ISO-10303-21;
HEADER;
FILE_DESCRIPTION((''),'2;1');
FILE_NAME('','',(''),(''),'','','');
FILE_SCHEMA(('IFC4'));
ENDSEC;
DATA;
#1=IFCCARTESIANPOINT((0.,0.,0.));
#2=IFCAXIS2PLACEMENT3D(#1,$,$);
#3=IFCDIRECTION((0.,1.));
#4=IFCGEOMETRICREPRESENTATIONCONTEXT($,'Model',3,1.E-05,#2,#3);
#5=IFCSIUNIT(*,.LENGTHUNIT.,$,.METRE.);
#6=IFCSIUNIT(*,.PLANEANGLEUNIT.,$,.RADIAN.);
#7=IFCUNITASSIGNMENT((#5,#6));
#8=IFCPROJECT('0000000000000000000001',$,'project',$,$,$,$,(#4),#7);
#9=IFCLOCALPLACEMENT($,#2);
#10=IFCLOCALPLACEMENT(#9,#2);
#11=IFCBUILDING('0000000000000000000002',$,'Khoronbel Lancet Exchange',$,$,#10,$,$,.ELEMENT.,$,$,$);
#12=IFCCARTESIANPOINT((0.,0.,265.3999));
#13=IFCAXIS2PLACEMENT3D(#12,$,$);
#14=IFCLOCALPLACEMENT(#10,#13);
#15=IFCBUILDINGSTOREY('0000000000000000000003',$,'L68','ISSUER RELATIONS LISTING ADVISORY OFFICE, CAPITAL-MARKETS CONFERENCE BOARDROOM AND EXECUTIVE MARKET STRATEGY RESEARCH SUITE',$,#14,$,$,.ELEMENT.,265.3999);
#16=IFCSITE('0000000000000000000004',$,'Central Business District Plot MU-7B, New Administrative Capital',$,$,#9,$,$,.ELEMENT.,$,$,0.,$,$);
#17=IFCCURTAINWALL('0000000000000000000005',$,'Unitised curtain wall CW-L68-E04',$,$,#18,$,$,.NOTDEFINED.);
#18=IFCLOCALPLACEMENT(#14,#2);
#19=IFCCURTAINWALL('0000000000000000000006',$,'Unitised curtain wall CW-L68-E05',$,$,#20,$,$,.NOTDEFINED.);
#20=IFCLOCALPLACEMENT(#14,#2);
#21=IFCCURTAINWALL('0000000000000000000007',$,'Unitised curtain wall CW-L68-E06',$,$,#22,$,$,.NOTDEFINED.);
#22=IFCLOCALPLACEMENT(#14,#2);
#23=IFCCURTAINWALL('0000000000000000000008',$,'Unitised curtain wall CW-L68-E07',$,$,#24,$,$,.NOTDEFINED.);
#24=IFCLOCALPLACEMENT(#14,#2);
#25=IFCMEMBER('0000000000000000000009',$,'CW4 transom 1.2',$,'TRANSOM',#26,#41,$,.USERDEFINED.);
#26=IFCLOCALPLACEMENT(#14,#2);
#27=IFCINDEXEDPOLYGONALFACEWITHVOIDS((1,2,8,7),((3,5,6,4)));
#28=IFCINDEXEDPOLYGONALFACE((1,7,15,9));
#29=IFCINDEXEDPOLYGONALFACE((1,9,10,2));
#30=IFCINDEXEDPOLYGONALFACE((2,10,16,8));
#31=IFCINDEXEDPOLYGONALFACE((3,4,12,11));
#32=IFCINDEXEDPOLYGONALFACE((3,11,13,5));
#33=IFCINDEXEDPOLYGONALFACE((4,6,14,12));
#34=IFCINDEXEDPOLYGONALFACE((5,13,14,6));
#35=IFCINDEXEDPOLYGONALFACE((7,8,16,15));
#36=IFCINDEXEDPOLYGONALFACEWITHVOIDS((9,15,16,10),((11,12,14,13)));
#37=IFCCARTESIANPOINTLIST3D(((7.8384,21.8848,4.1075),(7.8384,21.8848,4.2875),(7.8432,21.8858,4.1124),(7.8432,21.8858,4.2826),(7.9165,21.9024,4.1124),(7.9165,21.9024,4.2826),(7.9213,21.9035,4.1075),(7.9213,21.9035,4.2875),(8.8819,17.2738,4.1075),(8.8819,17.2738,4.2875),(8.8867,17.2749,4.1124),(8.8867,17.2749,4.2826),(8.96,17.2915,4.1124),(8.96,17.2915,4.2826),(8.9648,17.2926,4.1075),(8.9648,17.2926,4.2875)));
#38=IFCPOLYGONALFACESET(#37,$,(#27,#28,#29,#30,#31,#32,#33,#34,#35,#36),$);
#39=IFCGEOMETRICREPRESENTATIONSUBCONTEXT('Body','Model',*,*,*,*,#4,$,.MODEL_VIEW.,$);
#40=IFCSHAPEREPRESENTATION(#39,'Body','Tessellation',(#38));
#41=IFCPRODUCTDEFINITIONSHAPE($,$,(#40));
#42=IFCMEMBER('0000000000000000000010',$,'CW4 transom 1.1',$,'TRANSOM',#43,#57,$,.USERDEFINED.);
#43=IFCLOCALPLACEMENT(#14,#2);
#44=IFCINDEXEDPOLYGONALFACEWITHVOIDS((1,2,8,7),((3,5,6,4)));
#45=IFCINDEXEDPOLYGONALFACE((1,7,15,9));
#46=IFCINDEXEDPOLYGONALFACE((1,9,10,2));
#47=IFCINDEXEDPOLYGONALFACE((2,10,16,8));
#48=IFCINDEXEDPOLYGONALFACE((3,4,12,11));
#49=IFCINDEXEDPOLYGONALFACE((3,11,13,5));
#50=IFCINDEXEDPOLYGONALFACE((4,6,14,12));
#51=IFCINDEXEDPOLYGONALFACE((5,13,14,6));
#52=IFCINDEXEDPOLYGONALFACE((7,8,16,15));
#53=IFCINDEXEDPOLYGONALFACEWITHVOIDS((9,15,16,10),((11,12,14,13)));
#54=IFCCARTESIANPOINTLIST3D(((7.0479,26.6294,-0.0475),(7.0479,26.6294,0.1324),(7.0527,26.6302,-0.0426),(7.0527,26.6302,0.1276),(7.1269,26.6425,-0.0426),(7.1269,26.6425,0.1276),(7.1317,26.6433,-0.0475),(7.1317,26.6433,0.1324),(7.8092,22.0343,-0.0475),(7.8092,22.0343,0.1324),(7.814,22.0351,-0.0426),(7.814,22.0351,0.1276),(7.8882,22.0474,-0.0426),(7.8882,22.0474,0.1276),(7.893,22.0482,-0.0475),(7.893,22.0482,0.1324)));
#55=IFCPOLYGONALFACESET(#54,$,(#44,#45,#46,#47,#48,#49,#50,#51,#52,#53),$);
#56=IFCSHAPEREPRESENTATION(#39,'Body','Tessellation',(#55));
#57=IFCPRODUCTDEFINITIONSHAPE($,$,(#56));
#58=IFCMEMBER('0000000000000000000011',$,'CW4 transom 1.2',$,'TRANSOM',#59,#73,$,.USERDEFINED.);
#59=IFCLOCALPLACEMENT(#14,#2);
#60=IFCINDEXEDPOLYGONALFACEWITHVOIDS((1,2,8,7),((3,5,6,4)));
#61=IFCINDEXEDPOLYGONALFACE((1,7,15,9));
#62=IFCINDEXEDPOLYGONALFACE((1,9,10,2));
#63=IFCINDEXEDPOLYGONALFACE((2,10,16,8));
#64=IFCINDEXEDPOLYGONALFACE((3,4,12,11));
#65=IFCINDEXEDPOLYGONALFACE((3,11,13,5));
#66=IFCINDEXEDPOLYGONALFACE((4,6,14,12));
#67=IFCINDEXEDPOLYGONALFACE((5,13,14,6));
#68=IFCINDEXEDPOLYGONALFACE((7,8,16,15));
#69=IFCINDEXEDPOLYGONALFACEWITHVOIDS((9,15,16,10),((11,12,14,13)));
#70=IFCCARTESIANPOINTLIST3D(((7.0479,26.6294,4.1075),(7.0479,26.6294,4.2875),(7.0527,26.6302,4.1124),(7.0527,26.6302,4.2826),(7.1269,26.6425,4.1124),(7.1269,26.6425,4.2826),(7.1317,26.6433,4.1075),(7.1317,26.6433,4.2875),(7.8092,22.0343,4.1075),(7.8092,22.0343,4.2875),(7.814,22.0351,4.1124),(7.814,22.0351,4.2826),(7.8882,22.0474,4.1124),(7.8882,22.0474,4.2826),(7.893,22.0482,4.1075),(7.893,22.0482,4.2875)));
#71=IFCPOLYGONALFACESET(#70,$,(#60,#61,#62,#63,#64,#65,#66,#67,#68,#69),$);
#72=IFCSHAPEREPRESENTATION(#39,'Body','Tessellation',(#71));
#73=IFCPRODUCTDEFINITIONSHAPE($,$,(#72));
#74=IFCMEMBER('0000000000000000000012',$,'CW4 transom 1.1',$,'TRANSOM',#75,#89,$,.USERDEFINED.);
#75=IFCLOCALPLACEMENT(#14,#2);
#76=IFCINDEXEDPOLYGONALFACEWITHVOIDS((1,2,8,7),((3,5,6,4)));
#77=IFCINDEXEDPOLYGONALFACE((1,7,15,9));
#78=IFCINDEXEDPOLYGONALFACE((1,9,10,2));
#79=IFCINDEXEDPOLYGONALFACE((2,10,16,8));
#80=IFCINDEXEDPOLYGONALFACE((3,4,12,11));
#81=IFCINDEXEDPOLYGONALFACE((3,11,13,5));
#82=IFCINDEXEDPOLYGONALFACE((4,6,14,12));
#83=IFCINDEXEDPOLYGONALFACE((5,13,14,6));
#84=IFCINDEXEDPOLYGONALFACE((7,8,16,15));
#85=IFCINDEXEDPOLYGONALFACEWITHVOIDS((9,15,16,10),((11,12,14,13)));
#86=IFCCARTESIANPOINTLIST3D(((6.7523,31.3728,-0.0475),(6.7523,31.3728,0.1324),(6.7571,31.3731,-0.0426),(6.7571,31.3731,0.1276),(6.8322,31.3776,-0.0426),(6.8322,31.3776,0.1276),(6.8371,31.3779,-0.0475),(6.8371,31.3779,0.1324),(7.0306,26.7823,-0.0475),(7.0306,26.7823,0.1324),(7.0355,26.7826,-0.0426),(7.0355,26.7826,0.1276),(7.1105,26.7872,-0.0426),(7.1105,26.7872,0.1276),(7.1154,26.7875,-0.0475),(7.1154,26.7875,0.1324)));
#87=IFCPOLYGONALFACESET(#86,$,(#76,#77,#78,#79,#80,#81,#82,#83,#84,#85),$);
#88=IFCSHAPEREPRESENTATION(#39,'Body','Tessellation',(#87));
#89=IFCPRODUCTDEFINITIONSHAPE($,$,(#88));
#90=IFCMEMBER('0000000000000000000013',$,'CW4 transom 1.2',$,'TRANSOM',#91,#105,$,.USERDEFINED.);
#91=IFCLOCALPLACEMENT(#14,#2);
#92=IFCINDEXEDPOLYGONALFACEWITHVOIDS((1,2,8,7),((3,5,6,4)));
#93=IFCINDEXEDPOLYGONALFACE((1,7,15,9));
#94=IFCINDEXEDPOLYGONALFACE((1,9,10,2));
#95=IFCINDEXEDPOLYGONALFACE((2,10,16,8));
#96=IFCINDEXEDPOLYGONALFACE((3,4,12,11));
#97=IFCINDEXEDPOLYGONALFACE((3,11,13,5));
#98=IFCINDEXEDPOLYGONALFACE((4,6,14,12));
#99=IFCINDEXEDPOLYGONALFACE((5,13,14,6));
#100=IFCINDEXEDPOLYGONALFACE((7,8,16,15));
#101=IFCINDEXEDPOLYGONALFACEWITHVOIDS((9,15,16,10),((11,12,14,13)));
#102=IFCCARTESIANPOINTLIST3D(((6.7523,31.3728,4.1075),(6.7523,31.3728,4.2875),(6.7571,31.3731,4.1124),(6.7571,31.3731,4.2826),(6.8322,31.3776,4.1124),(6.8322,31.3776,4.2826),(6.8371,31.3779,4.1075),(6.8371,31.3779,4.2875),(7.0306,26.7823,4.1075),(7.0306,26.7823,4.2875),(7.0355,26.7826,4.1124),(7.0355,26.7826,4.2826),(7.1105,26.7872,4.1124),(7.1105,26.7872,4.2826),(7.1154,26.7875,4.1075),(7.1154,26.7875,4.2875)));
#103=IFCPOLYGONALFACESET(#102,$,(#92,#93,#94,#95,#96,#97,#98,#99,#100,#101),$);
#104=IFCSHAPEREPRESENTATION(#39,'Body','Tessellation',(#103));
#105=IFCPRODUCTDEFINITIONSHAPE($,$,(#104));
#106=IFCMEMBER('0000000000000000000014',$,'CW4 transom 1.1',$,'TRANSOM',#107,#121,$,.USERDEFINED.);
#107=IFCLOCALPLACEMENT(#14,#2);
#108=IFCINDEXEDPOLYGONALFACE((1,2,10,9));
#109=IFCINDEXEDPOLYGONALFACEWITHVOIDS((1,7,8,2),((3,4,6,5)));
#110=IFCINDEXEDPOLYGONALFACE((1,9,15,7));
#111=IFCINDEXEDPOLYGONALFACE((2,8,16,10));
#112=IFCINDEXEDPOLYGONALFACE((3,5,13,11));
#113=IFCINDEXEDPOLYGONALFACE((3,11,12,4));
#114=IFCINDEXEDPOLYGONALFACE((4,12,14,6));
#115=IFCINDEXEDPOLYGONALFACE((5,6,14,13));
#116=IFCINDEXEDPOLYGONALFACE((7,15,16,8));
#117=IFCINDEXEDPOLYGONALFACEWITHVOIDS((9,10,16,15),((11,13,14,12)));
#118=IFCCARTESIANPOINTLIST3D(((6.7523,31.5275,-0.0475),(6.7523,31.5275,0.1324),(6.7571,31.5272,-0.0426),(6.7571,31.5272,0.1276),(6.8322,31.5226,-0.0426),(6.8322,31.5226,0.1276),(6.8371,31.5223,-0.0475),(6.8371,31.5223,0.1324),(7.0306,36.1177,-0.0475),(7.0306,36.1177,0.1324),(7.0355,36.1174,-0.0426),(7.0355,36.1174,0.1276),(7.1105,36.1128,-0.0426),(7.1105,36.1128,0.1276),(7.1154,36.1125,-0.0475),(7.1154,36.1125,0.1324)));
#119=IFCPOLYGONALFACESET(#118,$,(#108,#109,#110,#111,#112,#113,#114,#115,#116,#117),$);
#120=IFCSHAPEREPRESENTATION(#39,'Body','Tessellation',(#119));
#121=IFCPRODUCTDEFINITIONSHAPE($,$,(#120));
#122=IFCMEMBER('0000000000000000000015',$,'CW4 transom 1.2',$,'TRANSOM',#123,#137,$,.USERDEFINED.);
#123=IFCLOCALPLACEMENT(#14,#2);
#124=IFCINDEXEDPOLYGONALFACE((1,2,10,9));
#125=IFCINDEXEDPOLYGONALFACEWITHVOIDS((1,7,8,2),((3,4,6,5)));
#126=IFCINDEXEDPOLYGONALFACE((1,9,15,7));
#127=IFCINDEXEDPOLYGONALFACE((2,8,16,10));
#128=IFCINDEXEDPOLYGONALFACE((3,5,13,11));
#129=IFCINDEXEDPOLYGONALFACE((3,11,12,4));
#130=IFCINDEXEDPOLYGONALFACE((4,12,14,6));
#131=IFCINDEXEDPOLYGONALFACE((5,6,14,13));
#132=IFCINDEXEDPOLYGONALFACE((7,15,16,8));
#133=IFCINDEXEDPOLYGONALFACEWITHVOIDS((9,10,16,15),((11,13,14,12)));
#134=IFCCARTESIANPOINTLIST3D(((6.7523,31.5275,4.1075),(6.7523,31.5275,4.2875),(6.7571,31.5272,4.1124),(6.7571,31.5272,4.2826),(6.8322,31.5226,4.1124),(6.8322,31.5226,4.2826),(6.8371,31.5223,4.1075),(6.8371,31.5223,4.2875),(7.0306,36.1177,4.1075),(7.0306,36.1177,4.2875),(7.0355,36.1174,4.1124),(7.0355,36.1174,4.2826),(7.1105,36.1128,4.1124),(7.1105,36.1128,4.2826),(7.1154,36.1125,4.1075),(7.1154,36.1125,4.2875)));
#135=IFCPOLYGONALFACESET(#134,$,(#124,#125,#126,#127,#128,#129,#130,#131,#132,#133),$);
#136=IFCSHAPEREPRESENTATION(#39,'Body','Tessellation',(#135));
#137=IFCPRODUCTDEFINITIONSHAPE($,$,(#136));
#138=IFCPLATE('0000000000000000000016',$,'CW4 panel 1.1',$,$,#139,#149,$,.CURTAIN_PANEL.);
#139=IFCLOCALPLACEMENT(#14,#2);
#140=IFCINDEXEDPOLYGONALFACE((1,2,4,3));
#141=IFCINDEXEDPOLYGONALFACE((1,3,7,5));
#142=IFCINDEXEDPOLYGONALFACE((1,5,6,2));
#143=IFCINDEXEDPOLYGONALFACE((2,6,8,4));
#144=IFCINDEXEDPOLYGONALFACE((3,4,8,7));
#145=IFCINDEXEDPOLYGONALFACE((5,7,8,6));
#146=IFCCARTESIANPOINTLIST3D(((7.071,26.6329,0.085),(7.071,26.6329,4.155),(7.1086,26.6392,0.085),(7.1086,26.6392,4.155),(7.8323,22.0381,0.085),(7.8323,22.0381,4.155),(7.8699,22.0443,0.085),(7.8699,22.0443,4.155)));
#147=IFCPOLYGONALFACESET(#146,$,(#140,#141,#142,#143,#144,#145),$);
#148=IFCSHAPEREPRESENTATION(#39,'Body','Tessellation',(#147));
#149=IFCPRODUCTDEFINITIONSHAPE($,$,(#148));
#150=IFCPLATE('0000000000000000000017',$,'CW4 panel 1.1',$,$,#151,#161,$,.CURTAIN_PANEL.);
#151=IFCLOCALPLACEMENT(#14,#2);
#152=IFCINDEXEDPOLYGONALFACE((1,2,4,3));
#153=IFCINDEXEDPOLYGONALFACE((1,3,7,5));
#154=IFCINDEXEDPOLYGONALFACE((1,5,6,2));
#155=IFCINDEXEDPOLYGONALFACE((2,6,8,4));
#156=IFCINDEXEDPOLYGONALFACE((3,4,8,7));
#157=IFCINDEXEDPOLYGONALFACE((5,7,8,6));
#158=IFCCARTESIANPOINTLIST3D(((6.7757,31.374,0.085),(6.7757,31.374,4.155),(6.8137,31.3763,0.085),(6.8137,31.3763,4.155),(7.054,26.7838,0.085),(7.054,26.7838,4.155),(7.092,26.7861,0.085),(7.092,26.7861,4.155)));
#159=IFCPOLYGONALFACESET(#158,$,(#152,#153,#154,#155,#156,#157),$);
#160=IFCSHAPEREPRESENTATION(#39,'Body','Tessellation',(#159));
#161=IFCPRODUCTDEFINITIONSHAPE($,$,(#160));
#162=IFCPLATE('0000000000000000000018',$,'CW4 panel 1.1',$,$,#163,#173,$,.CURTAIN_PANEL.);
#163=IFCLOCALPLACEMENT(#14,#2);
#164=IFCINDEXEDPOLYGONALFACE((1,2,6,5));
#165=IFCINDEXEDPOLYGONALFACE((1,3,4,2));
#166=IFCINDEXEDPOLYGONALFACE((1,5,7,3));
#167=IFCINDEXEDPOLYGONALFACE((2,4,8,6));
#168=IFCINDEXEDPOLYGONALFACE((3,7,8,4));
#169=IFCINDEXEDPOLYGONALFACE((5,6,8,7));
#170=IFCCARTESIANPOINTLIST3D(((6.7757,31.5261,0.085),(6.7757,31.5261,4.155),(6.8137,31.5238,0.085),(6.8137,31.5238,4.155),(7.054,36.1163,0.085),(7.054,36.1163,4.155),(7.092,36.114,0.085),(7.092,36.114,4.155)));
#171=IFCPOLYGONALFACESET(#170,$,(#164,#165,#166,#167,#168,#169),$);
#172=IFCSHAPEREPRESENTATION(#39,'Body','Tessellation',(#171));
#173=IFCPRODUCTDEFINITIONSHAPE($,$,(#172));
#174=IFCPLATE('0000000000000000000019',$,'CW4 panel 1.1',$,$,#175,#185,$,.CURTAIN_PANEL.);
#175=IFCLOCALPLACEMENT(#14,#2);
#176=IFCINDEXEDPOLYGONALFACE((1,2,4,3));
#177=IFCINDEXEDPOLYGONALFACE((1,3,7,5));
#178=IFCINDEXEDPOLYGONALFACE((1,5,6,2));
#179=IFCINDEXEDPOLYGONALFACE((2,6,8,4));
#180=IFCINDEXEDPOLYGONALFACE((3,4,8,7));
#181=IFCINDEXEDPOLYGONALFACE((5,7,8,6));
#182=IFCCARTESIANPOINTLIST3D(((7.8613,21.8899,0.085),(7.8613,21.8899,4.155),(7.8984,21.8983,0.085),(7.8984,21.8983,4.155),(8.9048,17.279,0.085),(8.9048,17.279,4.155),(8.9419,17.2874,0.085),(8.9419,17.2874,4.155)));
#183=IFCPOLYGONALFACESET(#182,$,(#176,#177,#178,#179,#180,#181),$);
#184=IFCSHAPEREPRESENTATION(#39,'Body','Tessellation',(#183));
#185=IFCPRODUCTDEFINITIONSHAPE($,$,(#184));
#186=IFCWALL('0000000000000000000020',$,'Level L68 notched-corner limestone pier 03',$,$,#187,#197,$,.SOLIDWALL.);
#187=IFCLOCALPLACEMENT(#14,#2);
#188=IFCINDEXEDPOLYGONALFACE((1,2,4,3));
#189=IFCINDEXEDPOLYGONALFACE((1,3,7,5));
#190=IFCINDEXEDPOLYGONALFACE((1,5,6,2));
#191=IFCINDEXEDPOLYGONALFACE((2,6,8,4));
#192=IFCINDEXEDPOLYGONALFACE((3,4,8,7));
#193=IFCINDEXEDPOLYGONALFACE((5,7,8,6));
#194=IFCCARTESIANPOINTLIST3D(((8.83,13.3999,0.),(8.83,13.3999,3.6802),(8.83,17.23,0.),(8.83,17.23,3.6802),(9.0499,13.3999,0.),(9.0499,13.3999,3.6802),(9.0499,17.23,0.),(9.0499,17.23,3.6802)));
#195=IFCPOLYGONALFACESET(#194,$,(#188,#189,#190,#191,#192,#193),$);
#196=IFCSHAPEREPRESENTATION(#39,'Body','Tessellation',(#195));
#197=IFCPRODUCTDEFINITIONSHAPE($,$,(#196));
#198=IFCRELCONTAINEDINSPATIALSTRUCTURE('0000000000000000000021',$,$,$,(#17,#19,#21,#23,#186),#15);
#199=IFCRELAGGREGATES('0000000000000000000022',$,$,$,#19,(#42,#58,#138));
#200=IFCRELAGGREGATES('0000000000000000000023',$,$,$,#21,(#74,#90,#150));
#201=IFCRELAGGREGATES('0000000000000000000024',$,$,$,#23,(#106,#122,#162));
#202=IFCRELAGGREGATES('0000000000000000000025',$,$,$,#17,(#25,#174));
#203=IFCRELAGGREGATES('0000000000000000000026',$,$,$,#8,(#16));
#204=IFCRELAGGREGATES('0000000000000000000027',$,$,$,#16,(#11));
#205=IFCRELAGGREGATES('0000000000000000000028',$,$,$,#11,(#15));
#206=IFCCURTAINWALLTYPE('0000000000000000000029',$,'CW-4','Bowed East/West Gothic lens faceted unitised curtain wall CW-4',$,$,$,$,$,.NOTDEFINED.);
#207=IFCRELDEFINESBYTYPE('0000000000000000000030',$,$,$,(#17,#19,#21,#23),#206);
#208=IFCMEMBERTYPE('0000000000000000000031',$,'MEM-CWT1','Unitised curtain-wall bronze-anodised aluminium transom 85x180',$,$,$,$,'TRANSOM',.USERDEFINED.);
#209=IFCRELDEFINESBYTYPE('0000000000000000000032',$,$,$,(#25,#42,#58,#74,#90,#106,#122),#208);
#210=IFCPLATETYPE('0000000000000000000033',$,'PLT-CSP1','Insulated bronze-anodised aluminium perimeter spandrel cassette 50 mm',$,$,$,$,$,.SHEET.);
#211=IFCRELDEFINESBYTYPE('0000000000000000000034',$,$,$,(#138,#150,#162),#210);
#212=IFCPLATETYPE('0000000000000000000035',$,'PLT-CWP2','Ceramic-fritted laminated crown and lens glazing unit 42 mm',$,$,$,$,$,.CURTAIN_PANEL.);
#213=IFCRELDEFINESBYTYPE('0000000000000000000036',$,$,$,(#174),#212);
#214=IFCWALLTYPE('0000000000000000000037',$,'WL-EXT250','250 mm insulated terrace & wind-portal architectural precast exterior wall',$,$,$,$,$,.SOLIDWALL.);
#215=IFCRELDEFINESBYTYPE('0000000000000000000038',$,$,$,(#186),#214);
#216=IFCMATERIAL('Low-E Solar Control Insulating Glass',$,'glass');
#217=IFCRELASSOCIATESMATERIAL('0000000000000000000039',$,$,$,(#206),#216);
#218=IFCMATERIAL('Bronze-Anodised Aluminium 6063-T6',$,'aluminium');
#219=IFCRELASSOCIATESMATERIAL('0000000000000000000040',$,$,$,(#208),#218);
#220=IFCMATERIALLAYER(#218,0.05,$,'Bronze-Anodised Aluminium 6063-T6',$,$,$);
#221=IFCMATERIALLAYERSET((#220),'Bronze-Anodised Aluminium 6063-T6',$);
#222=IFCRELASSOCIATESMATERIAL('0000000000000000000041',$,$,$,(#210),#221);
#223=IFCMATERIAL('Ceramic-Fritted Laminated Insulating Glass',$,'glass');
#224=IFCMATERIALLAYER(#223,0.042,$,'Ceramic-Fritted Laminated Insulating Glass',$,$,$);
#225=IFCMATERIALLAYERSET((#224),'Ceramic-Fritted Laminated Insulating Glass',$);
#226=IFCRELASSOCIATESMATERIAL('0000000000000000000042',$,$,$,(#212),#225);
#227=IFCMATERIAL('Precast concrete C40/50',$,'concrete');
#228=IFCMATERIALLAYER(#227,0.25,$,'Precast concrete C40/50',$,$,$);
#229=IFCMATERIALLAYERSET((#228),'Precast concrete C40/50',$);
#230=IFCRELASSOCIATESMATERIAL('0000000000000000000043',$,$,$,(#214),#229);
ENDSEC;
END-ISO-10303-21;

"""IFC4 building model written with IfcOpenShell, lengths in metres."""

from ifc_helpers import new_model, si_unit, direction, frame, frame_2d, origin, origin_2d, place, context, subcontext, project, spatial, rectangle, hollow_rectangle, extrude, material, layer, layer_set, material_profile, profile_set, type_object, element, aggregate, save


model = new_model("IFC4")

# Units and contexts
model_context = context("Model", 3, precision=1e-05, world=origin(), true_north=direction((0.0, 1.0)))
body_context = subcontext(model_context, "Body", "Model", "MODEL_VIEW")
ifc_project = project(units=[si_unit("LENGTHUNIT", "METRE"), si_unit("PLANEANGLEUNIT", "RADIAN")], contexts=[model_context])

# Site, building, storey
site_placement = place(None, origin())
site = spatial("IfcSite", under=ifc_project, at=site_placement, Name="Central Business District Plot MU-7B, New Administrative Capital", CompositionType="ELEMENT", RefElevation=0.0)
building_placement = place(site_placement, origin())
building = spatial("IfcBuilding", under=site, at=building_placement, Name="Khoronbel Lancet Exchange", CompositionType="ELEMENT")
storey_placement = place(building_placement, frame((0.0, 0.0, 265.3999)))
storey = spatial("IfcBuildingStorey", under=building, at=storey_placement, Name="L68", Description="ISSUER RELATIONS LISTING ADVISORY OFFICE, CAPITAL-MARKETS CONFERENCE BOARDROOM AND EXECUTIVE MARKET STRATEGY RESEARCH SUITE", CompositionType="ELEMENT", Elevation=265.3999)

# Curtain walls
ifc_material_1 = material(Name="Low-E Solar Control Insulating Glass", Category="glass")
curtain_wall_type = type_object("IfcCurtainWallType", Name="CW-4", Description="Bowed East/West Gothic lens faceted unitised curtain wall CW-4", PredefinedType="NOTDEFINED", material=ifc_material_1)
curtain_wall_1_placement = place(storey_placement, origin())
curtain_wall_1 = element("IfcCurtainWall", 1, at=curtain_wall_1_placement, inside=storey, type_object=curtain_wall_type, Name="Unitised curtain wall CW-L68-E04", PredefinedType="NOTDEFINED")
ifc_material_2 = material(Name="Bronze-Anodised Aluminium 6063-T6", Category="aluminium")
curtain_wall_2_placement = place(storey_placement, origin())
curtain_wall_2 = element("IfcCurtainWall", 2, at=curtain_wall_2_placement, inside=storey, type_object=curtain_wall_type, Name="Unitised curtain wall CW-L68-E05", PredefinedType="NOTDEFINED")
curtain_wall_3_placement = place(storey_placement, origin())
curtain_wall_3 = element("IfcCurtainWall", 3, at=curtain_wall_3_placement, inside=storey, type_object=curtain_wall_type, Name="Unitised curtain wall CW-L68-E06", PredefinedType="NOTDEFINED")

# Curtain wall
curtain_wall_4_placement = place(storey_placement, origin())
curtain_wall_4 = element("IfcCurtainWall", 4, at=curtain_wall_4_placement, inside=storey, type_object=curtain_wall_type, Name="Unitised curtain wall CW-L68-E07", PredefinedType="NOTDEFINED")

# Members
ifc_material_profile_1 = material_profile(ifc_material_2, hollow_rectangle(XDim=0.085, YDim=0.1799, WallThickness=0.0049, at=origin_2d()), Name="ALU TRANSOM 85x180")
ifc_profile_set_1 = profile_set([ifc_material_profile_1], Name="Bronze-Anodised Aluminium 6063-T6")
member_type_1 = type_object("IfcMemberType", Name="MEM-CWT1", Description="Unitised curtain-wall bronze-anodised aluminium transom 85x180", ElementType="TRANSOM", PredefinedType="USERDEFINED", material=ifc_profile_set_1)
member_1_placement = place(storey_placement, frame((8.9233, 17.2832, 4.1975), z_axis=(-0.220724, 0.975336, 0.0), x_axis=(-0.975336, -0.220724, 0.0)))
member_1 = element("IfcMember", 5, at=member_1_placement, type_object=member_type_1, Name="CW4 transom 1.2", ObjectType="TRANSOM", PredefinedType="USERDEFINED", context=body_context, shape_type="SweptSolid", body=[
    extrude(hollow_rectangle(XDim=0.085, YDim=0.1799, WallThickness=0.0049, at=origin_2d()), origin(), (0.0, 0.0, 1.0), 4.7275),
])
member_2_placement = place(storey_placement, frame((7.8511, 22.0413, 0.0425), z_axis=(-0.163438, 0.986554, 0.0), x_axis=(-0.986554, -0.163438, 0.0)))
member_2 = element("IfcMember", 6, at=member_2_placement, type_object=member_type_1, Name="CW4 transom 1.1", ObjectType="TRANSOM", PredefinedType="USERDEFINED", context=body_context, shape_type="SweptSolid", body=[
    extrude(hollow_rectangle(XDim=0.085, YDim=0.1799, WallThickness=0.0049, at=origin_2d()), origin(), (0.0, 0.0, 1.0), 4.6577),
])
member_3_placement = place(storey_placement, frame((7.8511, 22.0413, 4.1975), z_axis=(-0.163438, 0.986554, 0.0), x_axis=(-0.986554, -0.163438, 0.0)))
member_3 = element("IfcMember", 7, at=member_3_placement, type_object=member_type_1, Name="CW4 transom 1.2", ObjectType="TRANSOM", PredefinedType="USERDEFINED", context=body_context, shape_type="SweptSolid", body=[
    extrude(hollow_rectangle(XDim=0.085, YDim=0.1799, WallThickness=0.0049, at=origin_2d()), origin(), (0.0, 0.0, 1.0), 4.6577),
])
member_4_placement = place(storey_placement, frame((7.073, 26.7849, 0.0425), z_axis=(-0.060521, 0.998167, 0.0), x_axis=(-0.998167, -0.060521, 0.0)))
member_4 = element("IfcMember", 8, at=member_4_placement, type_object=member_type_1, Name="CW4 transom 1.1", ObjectType="TRANSOM", PredefinedType="USERDEFINED", context=body_context, shape_type="SweptSolid", body=[
    extrude(hollow_rectangle(XDim=0.085, YDim=0.1799, WallThickness=0.0049, at=origin_2d()), origin(), (0.0, 0.0, 1.0), 4.5989),
])
member_5_placement = place(storey_placement, frame((7.073, 26.7849, 4.1975), z_axis=(-0.060521, 0.998167, 0.0), x_axis=(-0.998167, -0.060521, 0.0)))
member_5 = element("IfcMember", 9, at=member_5_placement, type_object=member_type_1, Name="CW4 transom 1.2", ObjectType="TRANSOM", PredefinedType="USERDEFINED", context=body_context, shape_type="SweptSolid", body=[
    extrude(hollow_rectangle(XDim=0.085, YDim=0.1799, WallThickness=0.0049, at=origin_2d()), origin(), (0.0, 0.0, 1.0), 4.5989),
])
member_6_placement = place(storey_placement, frame((6.7947, 31.5249, 0.0425), z_axis=(0.060524, 0.998167, 0.0), x_axis=(-0.998167, 0.060524, 0.0)))
member_6 = element("IfcMember", 10, at=member_6_placement, type_object=member_type_1, Name="CW4 transom 1.1", ObjectType="TRANSOM", PredefinedType="USERDEFINED", context=body_context, shape_type="SweptSolid", body=[
    extrude(hollow_rectangle(XDim=0.085, YDim=0.1799, WallThickness=0.0049, at=origin_2d()), origin(), (0.0, 0.0, 1.0), 4.5986),
])
member_7_placement = place(storey_placement, frame((6.7947, 31.5249, 4.1975), z_axis=(0.060524, 0.998167, 0.0), x_axis=(-0.998167, 0.060524, 0.0)))
member_7 = element("IfcMember", 11, at=member_7_placement, type_object=member_type_1, Name="CW4 transom 1.2", ObjectType="TRANSOM", PredefinedType="USERDEFINED", context=body_context, shape_type="SweptSolid", body=[
    extrude(hollow_rectangle(XDim=0.085, YDim=0.1799, WallThickness=0.0049, at=origin_2d()), origin(), (0.0, 0.0, 1.0), 4.5986),
])

# Plates
ifc_layer_1 = layer(ifc_material_2, 0.05, Name="Bronze-Anodised Aluminium 6063-T6")
ifc_layer_set_1 = layer_set([ifc_layer_1], Name="Bronze-Anodised Aluminium 6063-T6")
plate_type_1 = type_object("IfcPlateType", Name="PLT-CSP1", Description="Insulated bronze-anodised aluminium perimeter spandrel cassette 50 mm", PredefinedType="SHEET", material=ifc_layer_set_1)
plate_1_placement = place(storey_placement, frame((7.4705, 24.3386, 0.085), z_axis=(0.0, 0.0, 1.0), x_axis=(-0.163454, 0.986551, 0.0)))
plate_1 = element("IfcPlate", 12, at=plate_1_placement, type_object=plate_type_1, Name="CW4 panel 1.1", PredefinedType="CURTAIN_PANEL", context=body_context, shape_type="SweptSolid", body=[
    extrude(rectangle(XDim=4.6575, YDim=0.0381, at=origin_2d()), origin(), (0.0, 0.0, 1.0), 4.0701),
])
aggregate(curtain_wall_2, [member_2, member_3, plate_1])
plate_2_placement = place(storey_placement, frame((6.9338, 29.0801, 0.085), z_axis=(0.0, 0.0, 1.0), x_axis=(-0.060523, 0.998167, 0.0)))
plate_2 = element("IfcPlate", 13, at=plate_2_placement, type_object=plate_type_1, Name="CW4 panel 1.1", PredefinedType="CURTAIN_PANEL", context=body_context, shape_type="SweptSolid", body=[
    extrude(rectangle(XDim=4.5986, YDim=0.0381, at=origin_2d()), origin(), (0.0, 0.0, 1.0), 4.0701),
])
aggregate(curtain_wall_3, [member_4, member_5, plate_2])
plate_3_placement = place(storey_placement, frame((6.9338, 33.8201, 0.085), z_axis=(0.0, 0.0, 1.0), x_axis=(0.060523, 0.998167, 0.0)))
plate_3 = element("IfcPlate", 14, at=plate_3_placement, type_object=plate_type_1, Name="CW4 panel 1.1", PredefinedType="CURTAIN_PANEL", context=body_context, shape_type="SweptSolid", body=[
    extrude(rectangle(XDim=4.5986, YDim=0.0381, at=origin_2d()), origin(), (0.0, 0.0, 1.0), 4.0701),
])
aggregate(curtain_wall_4, [member_6, member_7, plate_3])
ifc_material_3 = material(Name="Ceramic-Fritted Laminated Insulating Glass", Category="glass")
ifc_layer_2 = layer(ifc_material_3, 0.042, Name="Ceramic-Fritted Laminated Insulating Glass")
ifc_layer_set_2 = layer_set([ifc_layer_2], Name="Ceramic-Fritted Laminated Insulating Glass")
plate_type_2 = type_object("IfcPlateType", Name="PLT-CWP2", Description="Ceramic-fritted laminated crown and lens glazing unit 42 mm", PredefinedType="CURTAIN_PANEL", material=ifc_layer_set_2)
plate_4_placement = place(storey_placement, frame((8.4016, 19.5886, 0.085), z_axis=(0.0, 0.0, 1.0), x_axis=(-0.220728, 0.975335, 0.0)))
plate_4 = element("IfcPlate", 15, at=plate_4_placement, type_object=plate_type_2, Name="CW4 panel 1.1", PredefinedType="CURTAIN_PANEL", context=body_context, shape_type="SweptSolid", body=[
    extrude(rectangle(XDim=4.7275, YDim=0.0381, at=origin_2d()), origin(), (0.0, 0.0, 1.0), 4.0701),
])
aggregate(curtain_wall_1, [member_1, plate_4])

# Wall
ifc_material_4 = material(Name="Precast concrete C40/50", Category="concrete")
ifc_layer_3 = layer(ifc_material_4, 0.25, Name="Precast concrete C40/50")
ifc_layer_set_3 = layer_set([ifc_layer_3], Name="Precast concrete C40/50")
wall_type = type_object("IfcWallType", Name="WL-EXT250", Description="250 mm insulated terrace & wind-portal architectural precast exterior wall", PredefinedType="SOLIDWALL", material=ifc_layer_set_3)
wall_placement = place(storey_placement, frame((8.9399, 13.3999, 0.0), z_axis=(0.0, 0.0, 1.0), x_axis=(0.0, 1.0, 0.0)))
element("IfcWall", 16, at=wall_placement, inside=storey, type_object=wall_type, Name="Level L68 notched-corner limestone pier 03", PredefinedType="SOLIDWALL", context=body_context, shape_type="SweptSolid", body=[
    extrude(rectangle(XDim=3.8301, YDim=0.22, at=frame_2d((1.915, 0.0))), origin(), (0.0, 0.0, 1.0), 3.6802),
])

save(model, "model.ifc")
